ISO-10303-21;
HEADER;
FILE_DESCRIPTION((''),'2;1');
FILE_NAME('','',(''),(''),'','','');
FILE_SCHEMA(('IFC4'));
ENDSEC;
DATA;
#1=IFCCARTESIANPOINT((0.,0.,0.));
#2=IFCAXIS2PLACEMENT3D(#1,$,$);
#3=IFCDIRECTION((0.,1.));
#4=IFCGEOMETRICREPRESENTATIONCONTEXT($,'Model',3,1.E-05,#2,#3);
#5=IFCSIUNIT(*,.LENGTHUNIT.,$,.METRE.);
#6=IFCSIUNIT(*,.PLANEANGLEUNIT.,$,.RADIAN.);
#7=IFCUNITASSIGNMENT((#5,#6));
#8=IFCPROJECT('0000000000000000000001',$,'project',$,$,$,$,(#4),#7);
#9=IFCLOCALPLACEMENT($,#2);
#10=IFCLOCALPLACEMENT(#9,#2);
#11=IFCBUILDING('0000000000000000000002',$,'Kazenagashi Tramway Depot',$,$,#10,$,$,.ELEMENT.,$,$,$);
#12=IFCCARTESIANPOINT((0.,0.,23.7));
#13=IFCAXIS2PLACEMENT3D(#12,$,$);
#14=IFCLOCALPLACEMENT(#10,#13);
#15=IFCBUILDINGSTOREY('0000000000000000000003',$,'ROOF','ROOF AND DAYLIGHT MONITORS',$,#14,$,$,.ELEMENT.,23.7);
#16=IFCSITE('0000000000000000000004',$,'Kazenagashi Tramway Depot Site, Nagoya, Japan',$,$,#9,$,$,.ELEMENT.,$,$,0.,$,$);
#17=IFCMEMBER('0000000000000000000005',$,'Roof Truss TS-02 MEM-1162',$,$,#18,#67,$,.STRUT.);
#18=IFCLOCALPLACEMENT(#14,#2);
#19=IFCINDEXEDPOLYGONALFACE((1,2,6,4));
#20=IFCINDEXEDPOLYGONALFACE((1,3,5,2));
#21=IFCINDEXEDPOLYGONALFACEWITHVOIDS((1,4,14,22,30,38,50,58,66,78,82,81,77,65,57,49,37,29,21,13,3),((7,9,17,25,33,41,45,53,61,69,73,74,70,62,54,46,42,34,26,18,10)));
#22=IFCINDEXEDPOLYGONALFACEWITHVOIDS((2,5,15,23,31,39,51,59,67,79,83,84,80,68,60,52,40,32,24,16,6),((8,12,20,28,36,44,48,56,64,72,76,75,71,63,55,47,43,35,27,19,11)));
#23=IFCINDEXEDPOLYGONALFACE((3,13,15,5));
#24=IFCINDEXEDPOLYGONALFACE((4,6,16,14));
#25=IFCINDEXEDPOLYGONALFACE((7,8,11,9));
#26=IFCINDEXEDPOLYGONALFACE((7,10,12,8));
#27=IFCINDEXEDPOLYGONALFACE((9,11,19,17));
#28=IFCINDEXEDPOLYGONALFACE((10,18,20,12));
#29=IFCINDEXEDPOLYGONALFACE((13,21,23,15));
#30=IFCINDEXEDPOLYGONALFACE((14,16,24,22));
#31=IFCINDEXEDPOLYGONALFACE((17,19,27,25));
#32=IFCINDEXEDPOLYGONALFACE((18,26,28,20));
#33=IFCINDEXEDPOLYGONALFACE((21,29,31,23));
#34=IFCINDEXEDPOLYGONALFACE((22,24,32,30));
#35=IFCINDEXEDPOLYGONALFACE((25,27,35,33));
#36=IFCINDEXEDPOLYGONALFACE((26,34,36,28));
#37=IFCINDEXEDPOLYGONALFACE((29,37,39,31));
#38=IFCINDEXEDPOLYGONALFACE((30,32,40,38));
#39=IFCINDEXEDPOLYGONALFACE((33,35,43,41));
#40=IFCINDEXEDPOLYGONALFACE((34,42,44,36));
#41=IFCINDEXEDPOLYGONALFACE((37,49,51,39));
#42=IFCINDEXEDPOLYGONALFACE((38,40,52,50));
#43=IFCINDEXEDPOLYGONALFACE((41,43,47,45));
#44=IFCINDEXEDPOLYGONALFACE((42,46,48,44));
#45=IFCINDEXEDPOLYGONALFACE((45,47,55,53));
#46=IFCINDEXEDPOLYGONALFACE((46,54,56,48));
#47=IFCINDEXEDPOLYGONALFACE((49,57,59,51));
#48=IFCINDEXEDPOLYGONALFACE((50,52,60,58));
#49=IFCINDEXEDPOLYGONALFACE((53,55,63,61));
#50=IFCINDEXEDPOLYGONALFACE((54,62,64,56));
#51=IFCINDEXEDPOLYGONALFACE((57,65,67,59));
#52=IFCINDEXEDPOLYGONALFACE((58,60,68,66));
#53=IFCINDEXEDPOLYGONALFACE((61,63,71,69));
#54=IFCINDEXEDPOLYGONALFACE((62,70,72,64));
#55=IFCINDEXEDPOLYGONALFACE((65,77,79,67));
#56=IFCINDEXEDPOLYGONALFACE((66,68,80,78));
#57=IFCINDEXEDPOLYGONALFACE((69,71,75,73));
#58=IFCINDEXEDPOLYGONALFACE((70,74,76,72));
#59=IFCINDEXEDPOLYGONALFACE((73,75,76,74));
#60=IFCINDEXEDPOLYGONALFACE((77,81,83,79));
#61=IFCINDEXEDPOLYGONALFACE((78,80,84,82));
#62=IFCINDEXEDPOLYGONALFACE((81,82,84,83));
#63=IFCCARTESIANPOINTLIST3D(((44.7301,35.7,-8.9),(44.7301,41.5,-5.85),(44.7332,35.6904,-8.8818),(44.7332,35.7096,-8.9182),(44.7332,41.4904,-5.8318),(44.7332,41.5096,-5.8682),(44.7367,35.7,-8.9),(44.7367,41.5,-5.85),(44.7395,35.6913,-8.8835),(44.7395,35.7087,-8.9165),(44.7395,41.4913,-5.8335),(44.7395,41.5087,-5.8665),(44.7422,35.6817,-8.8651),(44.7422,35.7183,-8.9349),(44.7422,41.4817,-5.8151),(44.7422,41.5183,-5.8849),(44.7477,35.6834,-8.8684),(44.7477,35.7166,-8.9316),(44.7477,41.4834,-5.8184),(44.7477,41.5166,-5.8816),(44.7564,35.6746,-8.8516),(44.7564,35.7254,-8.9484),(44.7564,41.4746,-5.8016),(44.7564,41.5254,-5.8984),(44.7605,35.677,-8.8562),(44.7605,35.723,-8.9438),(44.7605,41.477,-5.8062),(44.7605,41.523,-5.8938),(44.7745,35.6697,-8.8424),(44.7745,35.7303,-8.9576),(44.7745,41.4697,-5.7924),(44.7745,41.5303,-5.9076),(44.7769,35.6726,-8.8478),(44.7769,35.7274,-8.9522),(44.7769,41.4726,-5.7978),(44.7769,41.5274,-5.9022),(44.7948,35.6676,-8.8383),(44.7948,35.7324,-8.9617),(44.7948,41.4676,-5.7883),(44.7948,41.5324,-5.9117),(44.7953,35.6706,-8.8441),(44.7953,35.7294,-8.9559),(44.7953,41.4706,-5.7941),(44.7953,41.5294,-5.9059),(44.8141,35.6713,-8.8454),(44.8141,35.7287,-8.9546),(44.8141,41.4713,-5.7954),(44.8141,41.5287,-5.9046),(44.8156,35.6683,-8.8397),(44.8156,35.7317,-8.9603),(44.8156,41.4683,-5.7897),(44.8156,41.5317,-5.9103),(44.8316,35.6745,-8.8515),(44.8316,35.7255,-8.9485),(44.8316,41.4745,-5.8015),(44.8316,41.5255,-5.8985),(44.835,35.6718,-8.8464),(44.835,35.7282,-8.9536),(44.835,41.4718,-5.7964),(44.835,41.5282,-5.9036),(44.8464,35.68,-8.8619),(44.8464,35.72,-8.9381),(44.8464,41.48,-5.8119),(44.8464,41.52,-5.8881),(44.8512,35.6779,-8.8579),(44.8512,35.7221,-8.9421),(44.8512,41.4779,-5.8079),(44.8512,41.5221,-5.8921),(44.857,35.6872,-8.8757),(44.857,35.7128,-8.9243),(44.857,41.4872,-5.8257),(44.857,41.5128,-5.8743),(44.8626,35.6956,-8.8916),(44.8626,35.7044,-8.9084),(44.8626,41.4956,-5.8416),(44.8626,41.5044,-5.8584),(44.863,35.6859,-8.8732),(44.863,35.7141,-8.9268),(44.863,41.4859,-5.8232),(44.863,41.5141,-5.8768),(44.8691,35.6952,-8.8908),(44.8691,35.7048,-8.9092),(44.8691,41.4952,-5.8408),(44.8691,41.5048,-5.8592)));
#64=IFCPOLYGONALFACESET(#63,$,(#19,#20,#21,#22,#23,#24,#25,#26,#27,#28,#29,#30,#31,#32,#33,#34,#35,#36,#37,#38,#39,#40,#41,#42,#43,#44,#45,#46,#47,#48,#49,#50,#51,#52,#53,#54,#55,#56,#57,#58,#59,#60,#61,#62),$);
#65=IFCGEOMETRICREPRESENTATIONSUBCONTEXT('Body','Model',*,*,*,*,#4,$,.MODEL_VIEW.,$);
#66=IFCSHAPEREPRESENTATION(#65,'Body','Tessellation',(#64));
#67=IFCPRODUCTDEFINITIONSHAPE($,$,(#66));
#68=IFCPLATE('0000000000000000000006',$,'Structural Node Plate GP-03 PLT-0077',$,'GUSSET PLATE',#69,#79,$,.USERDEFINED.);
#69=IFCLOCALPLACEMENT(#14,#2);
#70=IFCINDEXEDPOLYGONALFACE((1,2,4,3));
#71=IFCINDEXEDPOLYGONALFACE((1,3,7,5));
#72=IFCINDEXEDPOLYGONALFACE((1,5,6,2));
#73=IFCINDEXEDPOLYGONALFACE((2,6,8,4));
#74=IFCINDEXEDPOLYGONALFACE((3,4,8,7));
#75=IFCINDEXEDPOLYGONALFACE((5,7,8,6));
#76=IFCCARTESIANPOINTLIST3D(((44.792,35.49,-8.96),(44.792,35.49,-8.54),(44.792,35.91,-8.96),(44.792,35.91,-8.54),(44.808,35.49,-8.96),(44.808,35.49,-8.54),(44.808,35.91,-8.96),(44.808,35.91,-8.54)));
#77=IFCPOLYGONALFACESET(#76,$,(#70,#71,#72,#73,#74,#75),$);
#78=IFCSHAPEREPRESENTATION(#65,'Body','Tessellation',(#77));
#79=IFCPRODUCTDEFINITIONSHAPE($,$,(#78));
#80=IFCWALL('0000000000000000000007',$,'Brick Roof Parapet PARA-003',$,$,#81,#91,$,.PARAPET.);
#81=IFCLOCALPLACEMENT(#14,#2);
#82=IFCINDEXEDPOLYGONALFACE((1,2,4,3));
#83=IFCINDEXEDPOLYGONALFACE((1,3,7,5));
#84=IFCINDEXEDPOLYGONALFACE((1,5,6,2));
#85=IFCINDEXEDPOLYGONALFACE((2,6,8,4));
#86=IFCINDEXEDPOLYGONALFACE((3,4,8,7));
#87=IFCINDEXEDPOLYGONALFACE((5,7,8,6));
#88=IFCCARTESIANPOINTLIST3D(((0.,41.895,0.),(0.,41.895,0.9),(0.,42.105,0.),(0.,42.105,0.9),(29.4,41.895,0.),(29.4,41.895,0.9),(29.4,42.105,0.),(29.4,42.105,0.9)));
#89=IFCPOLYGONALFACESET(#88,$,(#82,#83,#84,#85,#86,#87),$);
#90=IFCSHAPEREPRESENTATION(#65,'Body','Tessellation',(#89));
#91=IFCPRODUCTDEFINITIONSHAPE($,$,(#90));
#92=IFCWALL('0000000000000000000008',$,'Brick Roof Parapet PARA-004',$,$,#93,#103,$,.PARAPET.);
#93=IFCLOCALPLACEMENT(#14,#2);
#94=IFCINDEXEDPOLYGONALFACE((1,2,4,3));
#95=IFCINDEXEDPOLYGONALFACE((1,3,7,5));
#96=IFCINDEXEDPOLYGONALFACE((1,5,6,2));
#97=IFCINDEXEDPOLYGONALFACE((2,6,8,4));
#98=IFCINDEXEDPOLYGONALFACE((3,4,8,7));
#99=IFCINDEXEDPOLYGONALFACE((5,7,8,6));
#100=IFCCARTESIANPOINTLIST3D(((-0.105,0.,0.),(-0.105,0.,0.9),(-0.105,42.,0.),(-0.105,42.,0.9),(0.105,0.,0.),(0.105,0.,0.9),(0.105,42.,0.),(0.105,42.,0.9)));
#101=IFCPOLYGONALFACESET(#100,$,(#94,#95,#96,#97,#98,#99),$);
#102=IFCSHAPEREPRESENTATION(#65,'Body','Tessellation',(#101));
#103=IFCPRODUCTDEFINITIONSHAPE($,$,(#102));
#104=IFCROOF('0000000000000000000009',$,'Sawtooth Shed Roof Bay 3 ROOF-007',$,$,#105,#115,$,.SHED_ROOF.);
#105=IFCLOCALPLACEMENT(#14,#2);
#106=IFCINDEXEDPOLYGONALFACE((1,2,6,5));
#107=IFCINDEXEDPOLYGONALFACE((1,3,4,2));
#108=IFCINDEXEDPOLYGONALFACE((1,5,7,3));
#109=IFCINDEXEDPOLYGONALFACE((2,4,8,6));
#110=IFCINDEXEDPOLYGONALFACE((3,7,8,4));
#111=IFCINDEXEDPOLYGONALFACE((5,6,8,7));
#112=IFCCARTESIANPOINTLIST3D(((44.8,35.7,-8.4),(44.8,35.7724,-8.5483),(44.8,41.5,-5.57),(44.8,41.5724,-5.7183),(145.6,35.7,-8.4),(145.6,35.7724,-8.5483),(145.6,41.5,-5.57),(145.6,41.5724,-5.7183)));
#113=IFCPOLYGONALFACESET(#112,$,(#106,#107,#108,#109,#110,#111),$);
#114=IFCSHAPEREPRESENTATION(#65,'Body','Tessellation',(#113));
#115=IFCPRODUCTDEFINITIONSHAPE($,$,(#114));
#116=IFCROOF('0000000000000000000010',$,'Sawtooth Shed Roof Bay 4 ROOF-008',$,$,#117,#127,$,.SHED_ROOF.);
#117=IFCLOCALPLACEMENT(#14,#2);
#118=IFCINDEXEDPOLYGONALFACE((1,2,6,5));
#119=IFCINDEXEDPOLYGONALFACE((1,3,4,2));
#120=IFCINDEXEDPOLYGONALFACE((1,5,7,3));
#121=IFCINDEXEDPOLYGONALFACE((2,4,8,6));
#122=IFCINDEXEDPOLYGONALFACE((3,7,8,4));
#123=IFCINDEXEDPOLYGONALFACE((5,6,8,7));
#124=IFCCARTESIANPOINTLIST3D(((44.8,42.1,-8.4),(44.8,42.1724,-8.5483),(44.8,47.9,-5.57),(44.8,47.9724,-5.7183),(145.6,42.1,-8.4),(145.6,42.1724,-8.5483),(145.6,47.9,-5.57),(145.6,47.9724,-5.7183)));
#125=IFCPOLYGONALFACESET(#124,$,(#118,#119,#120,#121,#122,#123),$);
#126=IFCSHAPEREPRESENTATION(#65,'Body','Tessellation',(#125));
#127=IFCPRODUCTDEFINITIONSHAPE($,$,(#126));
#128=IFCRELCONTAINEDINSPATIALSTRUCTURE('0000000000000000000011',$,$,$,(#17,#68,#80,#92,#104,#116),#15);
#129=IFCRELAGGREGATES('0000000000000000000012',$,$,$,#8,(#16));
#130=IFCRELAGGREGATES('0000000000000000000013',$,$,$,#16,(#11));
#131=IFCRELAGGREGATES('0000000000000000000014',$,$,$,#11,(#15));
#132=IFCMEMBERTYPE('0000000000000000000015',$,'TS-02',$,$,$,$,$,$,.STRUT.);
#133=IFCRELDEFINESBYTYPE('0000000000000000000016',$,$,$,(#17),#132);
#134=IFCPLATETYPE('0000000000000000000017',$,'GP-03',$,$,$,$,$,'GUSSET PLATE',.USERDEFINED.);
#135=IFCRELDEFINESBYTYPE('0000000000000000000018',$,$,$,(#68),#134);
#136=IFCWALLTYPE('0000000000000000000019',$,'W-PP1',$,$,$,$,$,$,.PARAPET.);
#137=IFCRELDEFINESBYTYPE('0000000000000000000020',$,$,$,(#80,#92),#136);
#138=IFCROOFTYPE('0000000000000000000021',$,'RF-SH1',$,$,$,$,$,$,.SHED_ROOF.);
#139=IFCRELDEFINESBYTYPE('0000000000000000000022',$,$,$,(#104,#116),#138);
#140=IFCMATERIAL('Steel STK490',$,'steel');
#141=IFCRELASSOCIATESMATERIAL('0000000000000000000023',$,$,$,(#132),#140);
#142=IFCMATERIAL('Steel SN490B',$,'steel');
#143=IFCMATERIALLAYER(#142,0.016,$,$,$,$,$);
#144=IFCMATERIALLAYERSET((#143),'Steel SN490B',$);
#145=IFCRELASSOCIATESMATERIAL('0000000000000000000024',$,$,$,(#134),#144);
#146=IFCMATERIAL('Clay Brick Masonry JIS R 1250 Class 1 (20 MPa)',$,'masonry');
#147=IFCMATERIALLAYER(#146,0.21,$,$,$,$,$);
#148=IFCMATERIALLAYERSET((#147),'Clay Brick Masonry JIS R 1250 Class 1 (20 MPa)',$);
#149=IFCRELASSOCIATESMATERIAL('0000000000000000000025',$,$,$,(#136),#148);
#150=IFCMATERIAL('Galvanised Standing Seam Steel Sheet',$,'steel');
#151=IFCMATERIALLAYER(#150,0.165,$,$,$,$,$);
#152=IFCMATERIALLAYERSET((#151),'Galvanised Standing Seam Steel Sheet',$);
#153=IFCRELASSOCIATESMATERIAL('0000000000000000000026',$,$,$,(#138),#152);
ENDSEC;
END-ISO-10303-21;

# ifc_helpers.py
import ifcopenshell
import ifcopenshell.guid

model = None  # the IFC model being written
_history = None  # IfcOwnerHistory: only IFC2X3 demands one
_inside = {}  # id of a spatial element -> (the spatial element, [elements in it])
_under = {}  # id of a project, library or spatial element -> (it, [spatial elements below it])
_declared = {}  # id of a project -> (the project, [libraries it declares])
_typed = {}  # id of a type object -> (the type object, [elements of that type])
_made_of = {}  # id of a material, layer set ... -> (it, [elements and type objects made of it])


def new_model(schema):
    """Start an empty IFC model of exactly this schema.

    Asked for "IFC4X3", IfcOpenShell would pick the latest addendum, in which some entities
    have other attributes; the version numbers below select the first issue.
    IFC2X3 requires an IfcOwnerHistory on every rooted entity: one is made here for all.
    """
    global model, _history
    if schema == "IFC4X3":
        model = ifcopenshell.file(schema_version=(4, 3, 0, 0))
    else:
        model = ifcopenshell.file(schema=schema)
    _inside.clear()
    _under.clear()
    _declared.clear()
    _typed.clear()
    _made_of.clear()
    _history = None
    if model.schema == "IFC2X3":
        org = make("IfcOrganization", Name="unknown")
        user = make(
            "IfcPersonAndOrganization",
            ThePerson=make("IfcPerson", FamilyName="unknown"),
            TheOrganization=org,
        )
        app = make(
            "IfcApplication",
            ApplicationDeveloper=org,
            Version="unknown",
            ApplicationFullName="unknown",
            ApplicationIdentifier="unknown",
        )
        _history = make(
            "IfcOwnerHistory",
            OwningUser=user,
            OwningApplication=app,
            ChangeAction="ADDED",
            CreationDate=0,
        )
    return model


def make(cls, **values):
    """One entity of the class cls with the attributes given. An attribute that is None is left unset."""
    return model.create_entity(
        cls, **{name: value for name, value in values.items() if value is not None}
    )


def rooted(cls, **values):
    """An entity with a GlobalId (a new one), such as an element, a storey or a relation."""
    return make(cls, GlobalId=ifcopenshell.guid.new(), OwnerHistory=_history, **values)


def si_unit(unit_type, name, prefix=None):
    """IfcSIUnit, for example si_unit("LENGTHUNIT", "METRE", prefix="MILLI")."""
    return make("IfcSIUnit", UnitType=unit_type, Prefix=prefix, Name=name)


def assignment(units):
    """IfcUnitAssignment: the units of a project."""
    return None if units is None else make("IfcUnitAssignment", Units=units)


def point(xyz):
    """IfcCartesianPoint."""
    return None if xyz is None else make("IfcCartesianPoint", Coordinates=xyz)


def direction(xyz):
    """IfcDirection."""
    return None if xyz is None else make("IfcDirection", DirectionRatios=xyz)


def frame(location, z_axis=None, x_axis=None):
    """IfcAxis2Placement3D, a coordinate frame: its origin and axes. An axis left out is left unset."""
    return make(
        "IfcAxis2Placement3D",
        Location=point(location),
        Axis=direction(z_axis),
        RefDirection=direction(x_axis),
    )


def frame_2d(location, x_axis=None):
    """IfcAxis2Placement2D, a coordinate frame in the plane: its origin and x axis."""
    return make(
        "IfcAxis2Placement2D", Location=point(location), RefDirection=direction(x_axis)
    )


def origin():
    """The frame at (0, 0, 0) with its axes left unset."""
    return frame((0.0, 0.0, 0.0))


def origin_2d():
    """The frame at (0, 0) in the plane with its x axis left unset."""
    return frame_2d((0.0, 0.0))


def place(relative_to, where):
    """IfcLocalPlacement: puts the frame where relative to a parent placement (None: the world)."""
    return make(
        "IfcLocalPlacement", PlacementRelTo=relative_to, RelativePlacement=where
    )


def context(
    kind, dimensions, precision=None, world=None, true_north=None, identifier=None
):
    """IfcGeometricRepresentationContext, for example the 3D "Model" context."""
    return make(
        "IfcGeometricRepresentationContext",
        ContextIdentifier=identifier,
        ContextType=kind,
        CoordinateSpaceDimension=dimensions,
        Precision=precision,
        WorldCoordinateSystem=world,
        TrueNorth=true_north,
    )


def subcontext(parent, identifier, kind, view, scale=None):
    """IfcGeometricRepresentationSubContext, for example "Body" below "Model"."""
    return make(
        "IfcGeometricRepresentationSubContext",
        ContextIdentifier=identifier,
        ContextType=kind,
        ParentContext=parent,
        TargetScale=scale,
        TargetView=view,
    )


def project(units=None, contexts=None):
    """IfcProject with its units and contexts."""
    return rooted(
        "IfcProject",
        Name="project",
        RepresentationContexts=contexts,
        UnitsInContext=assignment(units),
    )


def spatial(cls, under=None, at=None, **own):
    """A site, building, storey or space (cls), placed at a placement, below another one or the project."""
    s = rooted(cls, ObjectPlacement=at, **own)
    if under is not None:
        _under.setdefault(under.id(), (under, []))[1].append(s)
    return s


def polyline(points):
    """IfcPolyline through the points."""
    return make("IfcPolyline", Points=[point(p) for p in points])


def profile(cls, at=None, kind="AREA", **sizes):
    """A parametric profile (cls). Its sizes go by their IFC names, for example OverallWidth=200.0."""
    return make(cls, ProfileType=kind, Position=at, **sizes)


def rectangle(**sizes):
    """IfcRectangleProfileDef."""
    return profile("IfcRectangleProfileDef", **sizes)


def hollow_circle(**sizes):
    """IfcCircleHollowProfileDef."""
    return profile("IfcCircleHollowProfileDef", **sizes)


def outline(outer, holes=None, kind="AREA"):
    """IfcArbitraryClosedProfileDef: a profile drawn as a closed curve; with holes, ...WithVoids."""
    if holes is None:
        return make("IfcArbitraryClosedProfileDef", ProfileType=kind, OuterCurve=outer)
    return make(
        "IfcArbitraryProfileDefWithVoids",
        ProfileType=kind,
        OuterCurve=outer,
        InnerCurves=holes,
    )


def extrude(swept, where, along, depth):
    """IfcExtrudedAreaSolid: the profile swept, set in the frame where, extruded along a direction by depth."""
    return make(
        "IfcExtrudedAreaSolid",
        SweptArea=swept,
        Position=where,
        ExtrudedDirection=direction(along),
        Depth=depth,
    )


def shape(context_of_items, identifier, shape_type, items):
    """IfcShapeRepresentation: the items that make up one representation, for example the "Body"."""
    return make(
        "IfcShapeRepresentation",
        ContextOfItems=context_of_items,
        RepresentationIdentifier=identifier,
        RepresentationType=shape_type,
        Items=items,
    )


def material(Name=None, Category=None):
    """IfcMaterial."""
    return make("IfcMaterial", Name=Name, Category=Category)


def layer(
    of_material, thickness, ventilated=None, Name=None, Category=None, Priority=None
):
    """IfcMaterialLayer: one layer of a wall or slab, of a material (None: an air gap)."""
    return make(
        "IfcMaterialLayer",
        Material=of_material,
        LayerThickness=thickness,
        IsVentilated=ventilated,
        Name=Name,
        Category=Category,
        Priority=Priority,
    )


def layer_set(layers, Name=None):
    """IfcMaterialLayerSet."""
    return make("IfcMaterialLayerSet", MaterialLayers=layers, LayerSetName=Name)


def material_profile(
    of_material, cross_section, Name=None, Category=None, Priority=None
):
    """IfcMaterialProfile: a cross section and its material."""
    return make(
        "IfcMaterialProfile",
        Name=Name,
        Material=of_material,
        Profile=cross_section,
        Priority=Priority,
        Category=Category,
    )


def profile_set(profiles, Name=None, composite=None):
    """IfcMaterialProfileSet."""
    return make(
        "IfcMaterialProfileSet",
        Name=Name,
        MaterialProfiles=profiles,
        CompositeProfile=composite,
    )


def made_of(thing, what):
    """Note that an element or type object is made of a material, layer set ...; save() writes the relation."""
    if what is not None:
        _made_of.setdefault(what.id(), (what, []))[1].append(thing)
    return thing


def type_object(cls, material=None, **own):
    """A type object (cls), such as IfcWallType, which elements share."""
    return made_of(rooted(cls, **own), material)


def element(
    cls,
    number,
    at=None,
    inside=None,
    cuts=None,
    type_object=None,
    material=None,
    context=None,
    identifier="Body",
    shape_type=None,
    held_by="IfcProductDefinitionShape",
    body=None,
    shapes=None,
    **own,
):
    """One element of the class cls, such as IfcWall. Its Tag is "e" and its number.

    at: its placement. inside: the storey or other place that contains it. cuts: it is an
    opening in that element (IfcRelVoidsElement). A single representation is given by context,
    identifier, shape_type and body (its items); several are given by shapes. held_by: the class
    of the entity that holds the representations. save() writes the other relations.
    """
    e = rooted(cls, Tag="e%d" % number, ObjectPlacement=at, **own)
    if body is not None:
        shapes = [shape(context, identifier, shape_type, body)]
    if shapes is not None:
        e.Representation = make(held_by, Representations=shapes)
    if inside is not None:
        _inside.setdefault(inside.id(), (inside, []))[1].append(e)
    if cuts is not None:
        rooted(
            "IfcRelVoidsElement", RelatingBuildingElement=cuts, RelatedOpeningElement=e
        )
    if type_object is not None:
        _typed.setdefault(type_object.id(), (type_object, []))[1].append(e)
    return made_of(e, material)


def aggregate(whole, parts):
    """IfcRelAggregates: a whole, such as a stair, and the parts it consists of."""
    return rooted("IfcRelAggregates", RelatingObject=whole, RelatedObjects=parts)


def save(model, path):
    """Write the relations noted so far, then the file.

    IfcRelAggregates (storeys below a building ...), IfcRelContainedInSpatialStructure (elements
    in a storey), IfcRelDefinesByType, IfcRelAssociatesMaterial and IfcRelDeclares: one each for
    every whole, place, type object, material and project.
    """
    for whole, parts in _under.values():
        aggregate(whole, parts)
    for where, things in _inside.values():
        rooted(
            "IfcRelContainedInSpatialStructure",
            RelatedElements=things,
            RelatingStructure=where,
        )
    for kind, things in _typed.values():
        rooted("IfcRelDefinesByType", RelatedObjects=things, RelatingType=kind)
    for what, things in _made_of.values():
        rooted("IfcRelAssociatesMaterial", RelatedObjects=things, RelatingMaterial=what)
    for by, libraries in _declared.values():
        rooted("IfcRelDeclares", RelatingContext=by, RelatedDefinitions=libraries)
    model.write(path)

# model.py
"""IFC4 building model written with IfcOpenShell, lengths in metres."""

from ifc_helpers import new_model, si_unit, direction, frame, frame_2d, origin, origin_2d, place, context, subcontext, project, spatial, polyline, rectangle, hollow_circle, outline, extrude, material, layer, layer_set, material_profile, profile_set, type_object, element, save


model = new_model("IFC4")

# Units and contexts
model_context = context("Model", 3, precision=1e-05, world=origin(), true_north=direction((0.0, 1.0)))
body_context = subcontext(model_context, "Body", "Model", "MODEL_VIEW")
ifc_project = project(units=[si_unit("LENGTHUNIT", "METRE"), si_unit("PLANEANGLEUNIT", "RADIAN")], contexts=[model_context])

# Site, building, storey
site_placement = place(None, origin())
site = spatial("IfcSite", under=ifc_project, at=site_placement, Name="Kazenagashi Tramway Depot Site, Nagoya, Japan", CompositionType="ELEMENT", RefElevation=0.0)
building_placement = place(site_placement, origin())
building = spatial("IfcBuilding", under=site, at=building_placement, Name="Kazenagashi Tramway Depot", CompositionType="ELEMENT")
storey_placement = place(building_placement, frame((0.0, 0.0, 23.7)))
storey = spatial("IfcBuildingStorey", under=building, at=storey_placement, Name="ROOF", Description="ROOF AND DAYLIGHT MONITORS", CompositionType="ELEMENT", Elevation=23.7)

# Shared definitions
ifc_material_1 = material(Name="Steel SN490B", Category="steel")

# Member
ifc_material_2 = material(Name="Steel STK490", Category="steel")
ifc_material_profile_1 = material_profile(ifc_material_2, hollow_circle(Radius=0.0699, WallThickness=0.0066, at=origin_2d()), Name="CHS-139.8x6.6")
ifc_profile_set_1 = profile_set([ifc_material_profile_1], Name="Steel STK490")
member_type_1 = type_object("IfcMemberType", Name="TS-02", PredefinedType="STRUT", material=ifc_profile_set_1)
member_1_placement = place(storey_placement, frame((44.8, 35.7, -8.9), z_axis=(0.0, 0.885084, 0.465432), x_axis=(-1.0, 0.0, 0.0)))
element("IfcMember", 1, at=member_1_placement, inside=storey, type_object=member_type_1, Name="Roof Truss TS-02 MEM-1162", PredefinedType="STRUT", context=body_context, shape_type="SweptSolid", body=[
    extrude(hollow_circle(Radius=0.0699, WallThickness=0.0066, at=origin_2d()), origin(), (0.0, 0.0, 1.0), 6.5531),
])

# Plate
ifc_layer_1 = layer(ifc_material_1, 0.016)
ifc_layer_set_1 = layer_set([ifc_layer_1], Name="Steel SN490B")
plate_type = type_object("IfcPlateType", Name="GP-03", ElementType="GUSSET PLATE", PredefinedType="USERDEFINED", material=ifc_layer_set_1)
plate_placement = place(storey_placement, frame((44.8, 35.7, -8.96), z_axis=(0.0, 0.0, 1.0), x_axis=(0.0, 1.0, 0.0)))
element("IfcPlate", 2, at=plate_placement, inside=storey, type_object=plate_type, Name="Structural Node Plate GP-03 PLT-0077", ObjectType="GUSSET PLATE", PredefinedType="USERDEFINED", context=body_context, shape_type="SweptSolid", body=[
    extrude(rectangle(XDim=0.42, YDim=0.016, at=origin_2d()), origin(), (0.0, 0.0, 1.0), 0.42),
])

# Walls
ifc_material_3 = material(Name="Clay Brick Masonry JIS R 1250 Class 1 (20 MPa)", Category="masonry")
ifc_layer_2 = layer(ifc_material_3, 0.21)
ifc_layer_set_2 = layer_set([ifc_layer_2], Name="Clay Brick Masonry JIS R 1250 Class 1 (20 MPa)")
wall_type = type_object("IfcWallType", Name="W-PP1", PredefinedType="PARAPET", material=ifc_layer_set_2)
wall_1_placement = place(storey_placement, frame((29.4, 42.0, 0.0), z_axis=(0.0, 0.0, 1.0), x_axis=(-1.0, 0.0, 0.0)))
element("IfcWall", 3, at=wall_1_placement, inside=storey, type_object=wall_type, Name="Brick Roof Parapet PARA-003", PredefinedType="PARAPET", context=body_context, shape_type="SweptSolid", body=[
    extrude(rectangle(XDim=29.4, YDim=0.21, at=frame_2d((14.7, 0.0))), origin(), (0.0, 0.0, 1.0), 0.9),
])
wall_2_placement = place(storey_placement, frame((0.0, 42.0, 0.0), z_axis=(0.0, 0.0, 1.0), x_axis=(0.0, -1.0, 0.0)))
element("IfcWall", 4, at=wall_2_placement, inside=storey, type_object=wall_type, Name="Brick Roof Parapet PARA-004", PredefinedType="PARAPET", context=body_context, shape_type="SweptSolid", body=[
    extrude(rectangle(XDim=42.0, YDim=0.21, at=frame_2d((21.0, 0.0))), origin(), (0.0, 0.0, 1.0), 0.9),
])

# Roofs
ifc_material_4 = material(Name="Galvanised Standing Seam Steel Sheet", Category="steel")
ifc_layer_3 = layer(ifc_material_4, 0.165)
ifc_layer_set_3 = layer_set([ifc_layer_3], Name="Galvanised Standing Seam Steel Sheet")
roof_type = type_object("IfcRoofType", Name="RF-SH1", PredefinedType="SHED_ROOF", material=ifc_layer_set_3)
for number, where, z_axis, x_axis, name in (
    (5, (44.8, 35.7, -8.4), (0.0, -0.438515, 0.898724), (1.0, 0.0, 0.0), "Sawtooth Shed Roof Bay 3 ROOF-007"),
    (6, (44.8, 42.1, -8.4), (0.0, -0.438515, 0.898724), (1.0, 0.0, 0.0), "Sawtooth Shed Roof Bay 4 ROOF-008"),
):
    element("IfcRoof", number, at=place(storey_placement, frame(where, z_axis=z_axis, x_axis=x_axis)), inside=storey, type_object=roof_type, Name=name, PredefinedType="SHED_ROOF", context=body_context, shape_type="SweptSolid", body=[
        extrude(outline(polyline([(0.0, 0.0), (100.8, 0.0), (100.8, 6.4536), (0.0, 6.4536), (0.0, 0.0)])), origin(), (0.0, 0.0, -1.0), 0.165),
    ])

save(model, "model.ifc")
